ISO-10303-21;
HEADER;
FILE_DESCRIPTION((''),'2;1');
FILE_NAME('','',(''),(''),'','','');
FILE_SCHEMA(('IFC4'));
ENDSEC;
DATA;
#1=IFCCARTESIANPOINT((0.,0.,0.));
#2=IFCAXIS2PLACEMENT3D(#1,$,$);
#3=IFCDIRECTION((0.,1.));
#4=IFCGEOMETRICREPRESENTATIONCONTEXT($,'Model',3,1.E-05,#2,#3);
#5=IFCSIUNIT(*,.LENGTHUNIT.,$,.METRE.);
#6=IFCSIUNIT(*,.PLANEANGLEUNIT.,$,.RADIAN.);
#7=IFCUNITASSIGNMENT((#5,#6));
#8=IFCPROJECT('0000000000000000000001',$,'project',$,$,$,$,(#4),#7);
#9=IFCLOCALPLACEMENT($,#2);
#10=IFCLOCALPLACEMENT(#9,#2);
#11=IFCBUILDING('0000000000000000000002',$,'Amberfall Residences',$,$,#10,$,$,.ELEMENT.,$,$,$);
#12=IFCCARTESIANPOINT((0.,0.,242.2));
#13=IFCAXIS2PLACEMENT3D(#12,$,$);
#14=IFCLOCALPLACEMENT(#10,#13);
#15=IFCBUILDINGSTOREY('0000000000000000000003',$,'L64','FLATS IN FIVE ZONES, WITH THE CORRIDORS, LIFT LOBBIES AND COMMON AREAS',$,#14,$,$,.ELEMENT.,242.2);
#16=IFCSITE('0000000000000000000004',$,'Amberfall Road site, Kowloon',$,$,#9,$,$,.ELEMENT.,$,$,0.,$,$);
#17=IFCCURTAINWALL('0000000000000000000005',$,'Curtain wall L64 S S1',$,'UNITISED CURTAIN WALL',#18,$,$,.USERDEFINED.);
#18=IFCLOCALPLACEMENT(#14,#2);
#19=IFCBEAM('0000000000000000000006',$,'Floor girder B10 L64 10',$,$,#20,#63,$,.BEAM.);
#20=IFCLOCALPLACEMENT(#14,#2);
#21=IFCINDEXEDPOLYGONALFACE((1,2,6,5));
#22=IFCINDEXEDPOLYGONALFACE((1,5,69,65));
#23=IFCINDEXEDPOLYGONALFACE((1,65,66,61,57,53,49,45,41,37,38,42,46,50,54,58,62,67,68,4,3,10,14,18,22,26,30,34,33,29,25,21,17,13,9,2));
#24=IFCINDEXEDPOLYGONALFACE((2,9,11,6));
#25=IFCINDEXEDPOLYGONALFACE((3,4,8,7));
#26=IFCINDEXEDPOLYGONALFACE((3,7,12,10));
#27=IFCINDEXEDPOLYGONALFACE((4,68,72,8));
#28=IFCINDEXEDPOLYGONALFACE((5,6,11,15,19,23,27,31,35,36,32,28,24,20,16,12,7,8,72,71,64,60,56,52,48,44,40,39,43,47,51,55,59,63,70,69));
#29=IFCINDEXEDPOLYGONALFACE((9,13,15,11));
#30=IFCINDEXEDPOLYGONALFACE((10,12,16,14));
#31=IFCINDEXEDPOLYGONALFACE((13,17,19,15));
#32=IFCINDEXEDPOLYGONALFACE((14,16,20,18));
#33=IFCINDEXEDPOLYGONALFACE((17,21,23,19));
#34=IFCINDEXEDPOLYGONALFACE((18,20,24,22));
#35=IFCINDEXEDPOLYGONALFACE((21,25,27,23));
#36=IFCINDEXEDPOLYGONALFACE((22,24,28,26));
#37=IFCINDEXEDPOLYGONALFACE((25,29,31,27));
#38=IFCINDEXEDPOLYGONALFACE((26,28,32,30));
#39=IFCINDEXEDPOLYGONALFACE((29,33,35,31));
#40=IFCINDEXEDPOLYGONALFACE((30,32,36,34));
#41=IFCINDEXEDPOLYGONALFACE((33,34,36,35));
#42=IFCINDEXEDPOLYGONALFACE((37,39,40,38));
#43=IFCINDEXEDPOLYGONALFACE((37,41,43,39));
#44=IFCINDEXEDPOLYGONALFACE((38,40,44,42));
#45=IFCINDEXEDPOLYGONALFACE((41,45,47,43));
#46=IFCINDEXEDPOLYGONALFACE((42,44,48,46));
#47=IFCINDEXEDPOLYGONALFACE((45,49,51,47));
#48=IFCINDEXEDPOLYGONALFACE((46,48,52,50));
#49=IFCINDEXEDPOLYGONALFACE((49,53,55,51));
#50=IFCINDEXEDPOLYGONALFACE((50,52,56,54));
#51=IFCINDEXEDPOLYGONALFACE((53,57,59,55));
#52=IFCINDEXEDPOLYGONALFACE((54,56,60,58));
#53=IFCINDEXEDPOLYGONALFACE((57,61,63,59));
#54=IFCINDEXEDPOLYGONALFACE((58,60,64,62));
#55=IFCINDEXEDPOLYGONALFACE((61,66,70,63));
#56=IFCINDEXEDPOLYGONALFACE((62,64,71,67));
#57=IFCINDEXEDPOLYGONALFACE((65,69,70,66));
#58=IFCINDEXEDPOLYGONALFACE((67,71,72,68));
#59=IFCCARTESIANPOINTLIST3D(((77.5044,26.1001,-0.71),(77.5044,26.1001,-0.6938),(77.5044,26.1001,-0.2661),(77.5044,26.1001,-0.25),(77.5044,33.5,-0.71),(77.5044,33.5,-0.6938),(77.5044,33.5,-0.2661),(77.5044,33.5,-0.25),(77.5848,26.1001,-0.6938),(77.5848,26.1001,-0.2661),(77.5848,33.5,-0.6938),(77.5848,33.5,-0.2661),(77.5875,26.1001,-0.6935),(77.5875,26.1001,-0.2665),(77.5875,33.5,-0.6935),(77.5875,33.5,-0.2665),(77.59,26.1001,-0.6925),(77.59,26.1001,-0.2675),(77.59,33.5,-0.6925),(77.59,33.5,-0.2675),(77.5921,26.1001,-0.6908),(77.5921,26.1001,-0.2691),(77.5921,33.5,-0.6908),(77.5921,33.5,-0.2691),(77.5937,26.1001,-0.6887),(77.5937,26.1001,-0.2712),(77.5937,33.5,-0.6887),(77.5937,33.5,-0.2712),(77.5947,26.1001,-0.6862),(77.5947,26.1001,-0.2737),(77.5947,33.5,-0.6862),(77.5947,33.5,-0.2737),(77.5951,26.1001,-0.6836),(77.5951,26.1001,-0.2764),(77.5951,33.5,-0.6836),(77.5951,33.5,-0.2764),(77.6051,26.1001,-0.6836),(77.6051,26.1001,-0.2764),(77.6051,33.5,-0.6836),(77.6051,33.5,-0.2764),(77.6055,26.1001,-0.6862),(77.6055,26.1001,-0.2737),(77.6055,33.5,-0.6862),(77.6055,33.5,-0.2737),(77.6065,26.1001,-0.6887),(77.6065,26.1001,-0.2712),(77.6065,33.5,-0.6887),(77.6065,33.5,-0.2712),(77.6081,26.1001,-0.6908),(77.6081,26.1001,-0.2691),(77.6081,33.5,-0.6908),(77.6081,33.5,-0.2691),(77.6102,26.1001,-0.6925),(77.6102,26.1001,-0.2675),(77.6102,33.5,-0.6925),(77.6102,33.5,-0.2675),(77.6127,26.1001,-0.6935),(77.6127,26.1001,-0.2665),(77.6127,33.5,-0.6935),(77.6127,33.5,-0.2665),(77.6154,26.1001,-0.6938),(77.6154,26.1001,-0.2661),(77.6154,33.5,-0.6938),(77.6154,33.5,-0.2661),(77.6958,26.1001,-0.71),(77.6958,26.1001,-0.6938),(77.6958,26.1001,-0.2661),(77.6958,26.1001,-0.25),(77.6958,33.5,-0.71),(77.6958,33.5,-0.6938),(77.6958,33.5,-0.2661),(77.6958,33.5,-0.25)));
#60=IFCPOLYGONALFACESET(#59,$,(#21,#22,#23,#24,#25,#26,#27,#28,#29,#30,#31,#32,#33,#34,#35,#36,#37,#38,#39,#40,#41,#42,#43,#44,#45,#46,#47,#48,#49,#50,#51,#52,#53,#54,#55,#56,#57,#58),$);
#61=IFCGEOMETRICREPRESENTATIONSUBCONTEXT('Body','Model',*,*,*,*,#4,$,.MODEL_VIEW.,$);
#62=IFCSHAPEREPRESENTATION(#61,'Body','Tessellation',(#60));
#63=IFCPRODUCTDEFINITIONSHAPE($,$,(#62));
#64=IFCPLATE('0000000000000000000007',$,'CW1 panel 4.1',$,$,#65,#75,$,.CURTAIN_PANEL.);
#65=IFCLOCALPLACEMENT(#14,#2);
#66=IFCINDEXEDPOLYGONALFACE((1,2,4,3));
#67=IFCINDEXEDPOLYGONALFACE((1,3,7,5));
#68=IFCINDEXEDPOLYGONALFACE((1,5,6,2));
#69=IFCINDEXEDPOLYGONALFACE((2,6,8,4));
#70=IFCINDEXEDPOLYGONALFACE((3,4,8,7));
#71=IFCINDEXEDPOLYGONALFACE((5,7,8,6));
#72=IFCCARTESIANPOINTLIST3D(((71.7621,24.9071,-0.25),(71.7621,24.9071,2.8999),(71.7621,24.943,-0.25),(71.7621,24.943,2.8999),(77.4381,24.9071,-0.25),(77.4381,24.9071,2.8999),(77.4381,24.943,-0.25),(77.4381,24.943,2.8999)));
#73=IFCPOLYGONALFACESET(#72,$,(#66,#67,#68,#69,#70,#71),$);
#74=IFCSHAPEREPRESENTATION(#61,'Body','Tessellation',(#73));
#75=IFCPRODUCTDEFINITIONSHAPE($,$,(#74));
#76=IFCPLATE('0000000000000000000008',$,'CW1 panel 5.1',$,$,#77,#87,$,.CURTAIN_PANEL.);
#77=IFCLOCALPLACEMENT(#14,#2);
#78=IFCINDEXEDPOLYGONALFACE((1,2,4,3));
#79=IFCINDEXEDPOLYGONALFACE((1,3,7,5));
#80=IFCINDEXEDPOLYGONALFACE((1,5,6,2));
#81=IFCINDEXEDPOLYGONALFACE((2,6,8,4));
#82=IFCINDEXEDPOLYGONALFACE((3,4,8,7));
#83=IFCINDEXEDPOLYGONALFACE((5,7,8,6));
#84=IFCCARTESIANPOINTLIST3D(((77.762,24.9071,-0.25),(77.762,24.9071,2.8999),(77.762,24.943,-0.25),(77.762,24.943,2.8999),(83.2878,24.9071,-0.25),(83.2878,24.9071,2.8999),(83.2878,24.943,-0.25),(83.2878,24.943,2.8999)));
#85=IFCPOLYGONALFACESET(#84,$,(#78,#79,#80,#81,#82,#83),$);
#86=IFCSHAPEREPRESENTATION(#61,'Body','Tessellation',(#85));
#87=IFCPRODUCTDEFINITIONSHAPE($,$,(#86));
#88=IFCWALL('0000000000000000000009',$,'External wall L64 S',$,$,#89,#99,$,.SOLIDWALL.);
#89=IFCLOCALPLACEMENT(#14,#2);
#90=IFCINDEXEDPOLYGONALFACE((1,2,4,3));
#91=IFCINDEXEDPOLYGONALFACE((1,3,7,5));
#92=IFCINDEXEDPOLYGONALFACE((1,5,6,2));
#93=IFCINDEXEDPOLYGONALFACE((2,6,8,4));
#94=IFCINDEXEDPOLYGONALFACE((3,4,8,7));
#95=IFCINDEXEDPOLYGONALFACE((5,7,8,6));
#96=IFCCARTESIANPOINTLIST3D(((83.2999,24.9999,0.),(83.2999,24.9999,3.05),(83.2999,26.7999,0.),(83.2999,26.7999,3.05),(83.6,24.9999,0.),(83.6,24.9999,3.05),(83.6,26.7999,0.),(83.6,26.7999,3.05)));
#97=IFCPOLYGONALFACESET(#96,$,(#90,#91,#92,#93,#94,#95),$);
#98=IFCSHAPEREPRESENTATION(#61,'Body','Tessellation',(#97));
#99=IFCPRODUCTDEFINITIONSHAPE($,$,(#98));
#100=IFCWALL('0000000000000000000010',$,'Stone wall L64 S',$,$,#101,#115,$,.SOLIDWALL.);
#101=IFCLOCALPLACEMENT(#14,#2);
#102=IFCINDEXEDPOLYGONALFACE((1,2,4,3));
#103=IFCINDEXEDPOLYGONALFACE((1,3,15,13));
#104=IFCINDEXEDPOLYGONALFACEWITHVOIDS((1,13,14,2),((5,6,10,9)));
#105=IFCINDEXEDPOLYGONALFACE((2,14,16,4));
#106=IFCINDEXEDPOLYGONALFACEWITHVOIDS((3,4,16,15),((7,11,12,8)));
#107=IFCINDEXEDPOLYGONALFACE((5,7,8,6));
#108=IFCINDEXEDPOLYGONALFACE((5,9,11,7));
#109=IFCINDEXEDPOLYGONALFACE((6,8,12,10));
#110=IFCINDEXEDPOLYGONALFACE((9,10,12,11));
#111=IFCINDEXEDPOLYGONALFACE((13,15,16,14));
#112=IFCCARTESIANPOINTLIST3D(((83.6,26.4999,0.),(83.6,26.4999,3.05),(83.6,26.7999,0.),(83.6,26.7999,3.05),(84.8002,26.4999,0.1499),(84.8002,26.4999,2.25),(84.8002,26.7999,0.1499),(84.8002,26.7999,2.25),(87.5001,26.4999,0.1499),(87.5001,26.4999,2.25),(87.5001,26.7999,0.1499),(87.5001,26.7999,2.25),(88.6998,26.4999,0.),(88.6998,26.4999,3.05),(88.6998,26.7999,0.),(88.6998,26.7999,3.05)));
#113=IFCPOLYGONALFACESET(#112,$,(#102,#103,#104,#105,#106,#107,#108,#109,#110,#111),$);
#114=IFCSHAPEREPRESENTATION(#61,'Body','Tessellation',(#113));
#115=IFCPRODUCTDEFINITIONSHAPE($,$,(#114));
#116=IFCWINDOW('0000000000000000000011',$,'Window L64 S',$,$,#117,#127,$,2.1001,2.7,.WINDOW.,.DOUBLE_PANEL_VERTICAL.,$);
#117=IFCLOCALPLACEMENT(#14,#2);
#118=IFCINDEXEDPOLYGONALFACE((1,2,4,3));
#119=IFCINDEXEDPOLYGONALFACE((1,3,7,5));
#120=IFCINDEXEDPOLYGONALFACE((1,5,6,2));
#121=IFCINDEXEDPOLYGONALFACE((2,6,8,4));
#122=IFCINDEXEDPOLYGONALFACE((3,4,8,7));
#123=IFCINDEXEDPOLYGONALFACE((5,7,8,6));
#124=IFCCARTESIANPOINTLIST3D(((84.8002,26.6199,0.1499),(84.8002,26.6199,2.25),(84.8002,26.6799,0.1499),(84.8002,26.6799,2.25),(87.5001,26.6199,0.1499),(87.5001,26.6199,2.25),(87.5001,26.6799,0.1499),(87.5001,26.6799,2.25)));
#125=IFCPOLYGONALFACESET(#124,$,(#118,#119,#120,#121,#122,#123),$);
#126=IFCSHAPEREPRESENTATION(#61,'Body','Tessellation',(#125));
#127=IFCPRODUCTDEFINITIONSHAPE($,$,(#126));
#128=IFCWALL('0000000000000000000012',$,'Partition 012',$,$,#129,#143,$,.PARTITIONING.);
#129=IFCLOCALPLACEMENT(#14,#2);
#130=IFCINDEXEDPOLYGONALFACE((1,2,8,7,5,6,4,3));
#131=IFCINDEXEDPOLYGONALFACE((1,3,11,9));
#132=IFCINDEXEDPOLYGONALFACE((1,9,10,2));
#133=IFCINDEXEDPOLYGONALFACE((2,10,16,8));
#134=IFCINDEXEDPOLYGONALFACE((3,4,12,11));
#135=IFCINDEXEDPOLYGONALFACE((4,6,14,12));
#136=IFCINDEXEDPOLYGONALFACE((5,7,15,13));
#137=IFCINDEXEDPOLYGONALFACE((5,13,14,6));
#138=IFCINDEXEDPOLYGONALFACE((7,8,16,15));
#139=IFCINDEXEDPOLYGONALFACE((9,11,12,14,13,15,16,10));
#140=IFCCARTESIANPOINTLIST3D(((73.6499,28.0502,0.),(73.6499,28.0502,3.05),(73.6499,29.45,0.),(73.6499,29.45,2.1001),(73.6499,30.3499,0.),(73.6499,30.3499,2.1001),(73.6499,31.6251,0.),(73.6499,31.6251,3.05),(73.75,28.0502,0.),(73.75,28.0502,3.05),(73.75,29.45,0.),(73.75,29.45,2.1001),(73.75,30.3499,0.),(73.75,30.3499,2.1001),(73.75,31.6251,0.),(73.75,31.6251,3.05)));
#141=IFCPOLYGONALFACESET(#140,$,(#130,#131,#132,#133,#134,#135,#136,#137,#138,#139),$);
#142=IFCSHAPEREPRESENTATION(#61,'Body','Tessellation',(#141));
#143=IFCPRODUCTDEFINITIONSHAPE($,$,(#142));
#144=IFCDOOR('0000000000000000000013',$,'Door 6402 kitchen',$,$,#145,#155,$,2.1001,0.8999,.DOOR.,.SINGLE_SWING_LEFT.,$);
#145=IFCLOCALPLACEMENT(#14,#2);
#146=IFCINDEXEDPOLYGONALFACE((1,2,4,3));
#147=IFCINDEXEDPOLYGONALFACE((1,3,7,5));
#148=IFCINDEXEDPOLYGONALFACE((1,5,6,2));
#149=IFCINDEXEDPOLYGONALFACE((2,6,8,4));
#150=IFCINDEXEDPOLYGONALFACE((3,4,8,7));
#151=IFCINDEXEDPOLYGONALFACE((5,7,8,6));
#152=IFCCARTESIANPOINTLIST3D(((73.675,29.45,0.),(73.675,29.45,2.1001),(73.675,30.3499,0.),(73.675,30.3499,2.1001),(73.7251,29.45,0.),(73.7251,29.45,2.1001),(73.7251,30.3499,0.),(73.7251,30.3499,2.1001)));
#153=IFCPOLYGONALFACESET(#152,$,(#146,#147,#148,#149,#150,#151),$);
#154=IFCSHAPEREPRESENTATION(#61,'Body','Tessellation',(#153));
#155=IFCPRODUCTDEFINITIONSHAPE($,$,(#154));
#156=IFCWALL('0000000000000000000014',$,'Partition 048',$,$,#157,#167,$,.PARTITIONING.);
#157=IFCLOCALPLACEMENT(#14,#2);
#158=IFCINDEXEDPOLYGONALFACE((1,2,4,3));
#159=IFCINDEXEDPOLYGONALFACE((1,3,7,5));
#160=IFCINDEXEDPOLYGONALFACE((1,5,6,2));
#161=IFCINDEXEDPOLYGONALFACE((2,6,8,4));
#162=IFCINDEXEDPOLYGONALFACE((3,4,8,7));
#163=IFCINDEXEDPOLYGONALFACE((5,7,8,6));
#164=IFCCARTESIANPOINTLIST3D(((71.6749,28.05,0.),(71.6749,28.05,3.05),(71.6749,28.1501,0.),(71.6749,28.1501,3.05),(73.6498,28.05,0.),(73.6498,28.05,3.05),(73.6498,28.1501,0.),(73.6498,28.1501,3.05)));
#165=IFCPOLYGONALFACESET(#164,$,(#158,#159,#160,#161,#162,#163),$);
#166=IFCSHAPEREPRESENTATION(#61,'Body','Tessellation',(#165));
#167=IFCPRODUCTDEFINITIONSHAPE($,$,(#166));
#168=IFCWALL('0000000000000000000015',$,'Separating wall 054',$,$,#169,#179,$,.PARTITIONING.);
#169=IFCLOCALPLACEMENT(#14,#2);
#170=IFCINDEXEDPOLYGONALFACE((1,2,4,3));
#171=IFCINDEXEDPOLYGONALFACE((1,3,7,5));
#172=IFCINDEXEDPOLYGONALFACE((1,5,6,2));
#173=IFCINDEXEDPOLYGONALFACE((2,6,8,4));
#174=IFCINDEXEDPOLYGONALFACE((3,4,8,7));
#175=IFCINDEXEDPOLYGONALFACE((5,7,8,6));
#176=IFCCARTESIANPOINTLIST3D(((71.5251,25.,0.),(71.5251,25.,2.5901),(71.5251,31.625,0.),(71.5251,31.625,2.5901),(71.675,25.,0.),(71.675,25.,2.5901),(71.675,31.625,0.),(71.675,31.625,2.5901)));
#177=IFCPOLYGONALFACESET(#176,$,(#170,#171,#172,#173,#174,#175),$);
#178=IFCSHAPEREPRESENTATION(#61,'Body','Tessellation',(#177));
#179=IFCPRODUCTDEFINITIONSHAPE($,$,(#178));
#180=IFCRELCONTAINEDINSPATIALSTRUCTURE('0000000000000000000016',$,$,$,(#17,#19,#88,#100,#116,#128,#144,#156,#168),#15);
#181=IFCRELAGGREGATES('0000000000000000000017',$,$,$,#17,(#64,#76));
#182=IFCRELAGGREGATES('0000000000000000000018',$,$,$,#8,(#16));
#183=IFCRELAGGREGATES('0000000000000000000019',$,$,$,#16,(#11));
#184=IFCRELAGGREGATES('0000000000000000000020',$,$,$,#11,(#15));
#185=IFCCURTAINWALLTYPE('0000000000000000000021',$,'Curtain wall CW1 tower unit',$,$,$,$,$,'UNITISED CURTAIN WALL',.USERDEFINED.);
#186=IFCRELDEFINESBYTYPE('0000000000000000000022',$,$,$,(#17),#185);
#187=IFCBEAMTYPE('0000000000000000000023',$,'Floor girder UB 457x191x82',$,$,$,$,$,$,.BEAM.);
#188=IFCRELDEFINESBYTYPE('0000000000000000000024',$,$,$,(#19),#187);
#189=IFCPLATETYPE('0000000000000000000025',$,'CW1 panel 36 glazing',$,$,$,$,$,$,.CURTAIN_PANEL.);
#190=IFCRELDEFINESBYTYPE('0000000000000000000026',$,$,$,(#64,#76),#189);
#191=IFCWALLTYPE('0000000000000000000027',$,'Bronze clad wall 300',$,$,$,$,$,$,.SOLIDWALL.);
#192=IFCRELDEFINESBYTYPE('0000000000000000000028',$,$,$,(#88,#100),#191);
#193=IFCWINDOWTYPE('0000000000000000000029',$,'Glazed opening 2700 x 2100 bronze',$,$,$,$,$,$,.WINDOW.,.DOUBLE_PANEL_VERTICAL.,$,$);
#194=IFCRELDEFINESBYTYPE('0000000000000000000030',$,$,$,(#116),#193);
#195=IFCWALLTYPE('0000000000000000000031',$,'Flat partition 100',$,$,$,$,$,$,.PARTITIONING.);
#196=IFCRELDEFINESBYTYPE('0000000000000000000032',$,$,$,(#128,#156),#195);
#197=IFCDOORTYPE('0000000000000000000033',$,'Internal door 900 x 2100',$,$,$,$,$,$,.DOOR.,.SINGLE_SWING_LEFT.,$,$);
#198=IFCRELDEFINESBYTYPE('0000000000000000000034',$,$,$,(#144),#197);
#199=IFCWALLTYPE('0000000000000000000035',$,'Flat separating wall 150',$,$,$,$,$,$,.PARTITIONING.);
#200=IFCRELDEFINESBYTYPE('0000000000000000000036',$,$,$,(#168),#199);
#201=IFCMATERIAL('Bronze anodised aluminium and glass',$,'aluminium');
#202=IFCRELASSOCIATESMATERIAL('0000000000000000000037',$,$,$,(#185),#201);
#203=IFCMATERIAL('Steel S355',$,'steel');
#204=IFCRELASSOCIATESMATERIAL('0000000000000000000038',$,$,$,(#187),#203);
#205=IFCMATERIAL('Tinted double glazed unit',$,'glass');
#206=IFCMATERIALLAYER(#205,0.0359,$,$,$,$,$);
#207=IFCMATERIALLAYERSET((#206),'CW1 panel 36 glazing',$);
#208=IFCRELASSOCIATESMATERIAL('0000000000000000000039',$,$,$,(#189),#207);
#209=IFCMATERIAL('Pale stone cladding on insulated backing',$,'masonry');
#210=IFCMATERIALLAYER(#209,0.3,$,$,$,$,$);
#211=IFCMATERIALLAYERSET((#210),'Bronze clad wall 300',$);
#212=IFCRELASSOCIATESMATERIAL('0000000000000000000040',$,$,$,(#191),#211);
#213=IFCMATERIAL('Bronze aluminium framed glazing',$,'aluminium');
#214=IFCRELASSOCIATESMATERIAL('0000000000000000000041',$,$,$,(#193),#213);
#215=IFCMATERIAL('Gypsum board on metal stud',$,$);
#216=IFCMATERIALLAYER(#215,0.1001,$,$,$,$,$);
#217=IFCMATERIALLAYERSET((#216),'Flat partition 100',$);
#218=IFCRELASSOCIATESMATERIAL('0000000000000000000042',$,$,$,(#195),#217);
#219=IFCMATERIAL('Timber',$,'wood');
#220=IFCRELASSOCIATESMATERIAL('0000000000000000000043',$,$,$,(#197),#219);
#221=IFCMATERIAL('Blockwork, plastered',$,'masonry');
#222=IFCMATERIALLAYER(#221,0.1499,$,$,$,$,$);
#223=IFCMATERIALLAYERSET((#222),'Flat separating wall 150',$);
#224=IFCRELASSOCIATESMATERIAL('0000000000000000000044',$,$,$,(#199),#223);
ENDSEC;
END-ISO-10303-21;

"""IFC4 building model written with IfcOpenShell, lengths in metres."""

from ifc_helpers import new_model, si_unit, direction, frame, frame_2d, origin, origin_2d, place, context, subcontext, project, spatial, rectangle, i_section, extrude, material, layer, layer_set, material_profile, profile_set, type_object, element, fill, aggregate, save


model = new_model("IFC4")

# Units and contexts
model_context = context("Model", 3, precision=1e-05, world=origin(), true_north=direction((0.0, 1.0)))
body_context = subcontext(model_context, "Body", "Model", "MODEL_VIEW")
ifc_project = project(units=[si_unit("LENGTHUNIT", "METRE"), si_unit("PLANEANGLEUNIT", "RADIAN")], contexts=[model_context])

# Site, building, storey
site_placement = place(None, origin())
site = spatial("IfcSite", under=ifc_project, at=site_placement, Name="Amberfall Road site, Kowloon", CompositionType="ELEMENT", RefElevation=0.0)
building_placement = place(site_placement, origin())
building = spatial("IfcBuilding", under=site, at=building_placement, Name="Amberfall Residences", CompositionType="ELEMENT")
storey_placement = place(building_placement, frame((0.0, 0.0, 242.2)))
storey = spatial("IfcBuildingStorey", under=building, at=storey_placement, Name="L64", Description="FLATS IN FIVE ZONES, WITH THE CORRIDORS, LIFT LOBBIES AND COMMON AREAS", CompositionType="ELEMENT", Elevation=242.2)

# Curtain wall
ifc_material_1 = material(Name="Bronze anodised aluminium and glass", Category="aluminium")
curtain_wall_type = type_object("IfcCurtainWallType", Name="Curtain wall CW1 tower unit", ElementType="UNITISED CURTAIN WALL", PredefinedType="USERDEFINED", material=ifc_material_1)
curtain_wall_placement = place(storey_placement, origin())
curtain_wall = element("IfcCurtainWall", 1, at=curtain_wall_placement, inside=storey, type_object=curtain_wall_type, Name="Curtain wall L64 S S1", ObjectType="UNITISED CURTAIN WALL", PredefinedType="USERDEFINED")

# Shared definitions
ifc_material_2 = material(Name="Steel S355", Category="steel")

# Beam
ifc_material_profile_1 = material_profile(ifc_material_2, i_section(OverallWidth=0.1914, OverallDepth=0.46, WebThickness=0.01, FlangeThickness=0.0161, FilletRadius=0.0103, at=origin_2d()), Name="UB 457x191x82")
ifc_profile_set_1 = profile_set([ifc_material_profile_1], Name="Steel S355")
beam_type_1 = type_object("IfcBeamType", Name="Floor girder UB 457x191x82", PredefinedType="BEAM", material=ifc_profile_set_1)
beam_1_placement = place(storey_placement, frame((77.6001, 26.1001, -0.48), z_axis=(0.0, 1.0, 0.0), x_axis=(-1.0, 0.0, 0.0)))
element("IfcBeam", 2, at=beam_1_placement, inside=storey, type_object=beam_type_1, Name="Floor girder B10 L64 10", PredefinedType="BEAM", context=body_context, shape_type="SweptSolid", body=[
    extrude(i_section(OverallWidth=0.1914, OverallDepth=0.46, WebThickness=0.01, FlangeThickness=0.0161, FilletRadius=0.0103, at=origin_2d()), origin(), (0.0, 0.0, 1.0), 7.3999),
])

# Plates
ifc_material_3 = material(Name="Tinted double glazed unit", Category="glass")
ifc_layer_1 = layer(ifc_material_3, 0.0359)
ifc_layer_set_1 = layer_set([ifc_layer_1], Name="CW1 panel 36 glazing")
plate_type = type_object("IfcPlateType", Name="CW1 panel 36 glazing", PredefinedType="CURTAIN_PANEL", material=ifc_layer_set_1)
plate_1_placement = place(storey_placement, frame((74.6001, 24.925, -0.25), z_axis=(0.0, 0.0, 1.0), x_axis=(1.0, 0.0, 0.0)))
plate_1 = element("IfcPlate", 3, at=plate_1_placement, type_object=plate_type, Name="CW1 panel 4.1", PredefinedType="CURTAIN_PANEL", context=body_context, shape_type="SweptSolid", body=[
    extrude(rectangle(XDim=5.676, YDim=0.0359, at=origin_2d()), origin(), (0.0, 0.0, 1.0), 3.1499),
])
plate_2_placement = place(storey_placement, frame((80.5249, 24.925, -0.25), z_axis=(0.0, 0.0, 1.0), x_axis=(1.0, 0.0, 0.0)))
plate_2 = element("IfcPlate", 4, at=plate_2_placement, type_object=plate_type, Name="CW1 panel 5.1", PredefinedType="CURTAIN_PANEL", context=body_context, shape_type="SweptSolid", body=[
    extrude(rectangle(XDim=5.5259, YDim=0.0359, at=origin_2d()), origin(), (0.0, 0.0, 1.0), 3.1499),
])
aggregate(curtain_wall, [plate_1, plate_2])

# Wall
ifc_material_4 = material(Name="Pale stone cladding on insulated backing", Category="masonry")
ifc_layer_2 = layer(ifc_material_4, 0.3)
ifc_layer_set_2 = layer_set([ifc_layer_2], Name="Bronze clad wall 300")
wall_type_1 = type_object("IfcWallType", Name="Bronze clad wall 300", PredefinedType="SOLIDWALL", material=ifc_layer_set_2)
wall_1_placement = place(storey_placement, frame((83.45, 25.0, 0.0), z_axis=(0.0, 0.0, 1.0), x_axis=(0.0, 1.0, 0.0)))
element("IfcWall", 5, at=wall_1_placement, inside=storey, type_object=wall_type_1, Name="External wall L64 S", PredefinedType="SOLIDWALL", context=body_context, shape_type="SweptSolid", body=[
    extrude(rectangle(XDim=1.8, YDim=0.3, at=frame_2d((0.8999, 0.0))), origin(), (0.0, 0.0, 1.0), 3.05),
])

# Wall, opening, window
wall_2_placement = place(storey_placement, frame((83.6001, 26.6499, 0.0), z_axis=(0.0, 0.0, 1.0), x_axis=(1.0, 0.0, 0.0)))
wall_2 = element("IfcWall", 6, at=wall_2_placement, inside=storey, type_object=wall_type_1, Name="Stone wall L64 S", PredefinedType="SOLIDWALL", context=body_context, shape_type="SweptSolid", body=[
    extrude(rectangle(XDim=5.0999, YDim=0.3, at=frame_2d((2.5498, 0.0))), origin(), (0.0, 0.0, 1.0), 3.05),
])
opening_1_placement = place(wall_2_placement, frame((1.2, 0.0, 0.1499)))
opening_1 = element("IfcOpeningElement", 7, at=opening_1_placement, cuts=wall_2, PredefinedType="OPENING", context=body_context, shape_type="SweptSolid", body=[
    extrude(rectangle(XDim=2.7, YDim=2.1001, at=frame_2d((1.3501, 1.05))), frame((0.0, 0.1599, 0.0), z_axis=(0.0, -1.0, 0.0), x_axis=(1.0, 0.0, 0.0)), (0.0, 0.0, 1.0), 0.3201),
])
ifc_material_5 = material(Name="Bronze aluminium framed glazing", Category="aluminium")
window_type = type_object("IfcWindowType", Name="Glazed opening 2700 x 2100 bronze", PartitioningType="DOUBLE_PANEL_VERTICAL", PredefinedType="WINDOW", material=ifc_material_5)
window_placement = place(opening_1_placement, origin())
window = element("IfcWindow", 8, at=window_placement, inside=storey, type_object=window_type, Name="Window L64 S", OverallHeight=2.1001, OverallWidth=2.7, PartitioningType="DOUBLE_PANEL_VERTICAL", PredefinedType="WINDOW", context=body_context, shape_type="SweptSolid", body=[
    extrude(rectangle(XDim=2.7, YDim=2.1001, at=frame_2d((1.3501, 1.05))), frame((0.0, 0.03, 0.0), z_axis=(0.0, -1.0, 0.0), x_axis=(1.0, 0.0, 0.0)), (0.0, 0.0, 1.0), 0.0601),
])
fill(opening_1, window)

# Wall, opening, door
ifc_material_6 = material(Name="Gypsum board on metal stud")
ifc_layer_3 = layer(ifc_material_6, 0.1001)
ifc_layer_set_3 = layer_set([ifc_layer_3], Name="Flat partition 100")
wall_type_2 = type_object("IfcWallType", Name="Flat partition 100", PredefinedType="PARTITIONING", material=ifc_layer_set_3)
wall_3_placement = place(storey_placement, frame((73.7, 28.05, 0.0), z_axis=(0.0, 0.0, 1.0), x_axis=(0.0, 1.0, 0.0)))
wall_3 = element("IfcWall", 9, at=wall_3_placement, inside=storey, type_object=wall_type_2, Name="Partition 012", PredefinedType="PARTITIONING", context=body_context, shape_type="SweptSolid", body=[
    extrude(rectangle(XDim=3.575, YDim=0.1001, at=frame_2d((1.7876, 0.0))), origin(), (0.0, 0.0, 1.0), 3.05),
])
opening_2_placement = place(wall_3_placement, frame((1.3999, 0.0, 0.0)))
opening_2 = element("IfcOpeningElement", 10, at=opening_2_placement, cuts=wall_3, PredefinedType="OPENING", context=body_context, shape_type="SweptSolid", body=[
    extrude(rectangle(XDim=0.8999, YDim=2.1001, at=frame_2d((0.45, 1.05))), frame((0.0, 0.0601, 0.0), z_axis=(0.0, -1.0, 0.0), x_axis=(1.0, 0.0, 0.0)), (0.0, 0.0, 1.0), 0.1201),
])
ifc_material_7 = material(Name="Timber", Category="wood")
door_type = type_object("IfcDoorType", Name="Internal door 900 x 2100", OperationType="SINGLE_SWING_LEFT", PredefinedType="DOOR", material=ifc_material_7)
door_placement = place(opening_2_placement, origin())
door = element("IfcDoor", 11, at=door_placement, inside=storey, type_object=door_type, Name="Door 6402 kitchen", OperationType="SINGLE_SWING_LEFT", OverallHeight=2.1001, OverallWidth=0.8999, PredefinedType="DOOR", context=body_context, shape_type="SweptSolid", body=[
    extrude(rectangle(XDim=0.8999, YDim=2.1001, at=frame_2d((0.45, 1.05))), frame((0.0, 0.0249, 0.0), z_axis=(0.0, -1.0, 0.0), x_axis=(1.0, 0.0, 0.0)), (0.0, 0.0, 1.0), 0.05),
])
fill(opening_2, door)

# Walls
wall_4_placement = place(storey_placement, frame((71.675, 28.1001, 0.0), z_axis=(0.0, 0.0, 1.0), x_axis=(1.0, 0.0, 0.0)))
element("IfcWall", 12, at=wall_4_placement, inside=storey, type_object=wall_type_2, Name="Partition 048", PredefinedType="PARTITIONING", context=body_context, shape_type="SweptSolid", body=[
    extrude(rectangle(XDim=1.9749, YDim=0.1001, at=frame_2d((0.9873, 0.0))), origin(), (0.0, 0.0, 1.0), 3.05),
])
ifc_material_8 = material(Name="Blockwork, plastered", Category="masonry")
ifc_layer_4 = layer(ifc_material_8, 0.1499)
ifc_layer_set_4 = layer_set([ifc_layer_4], Name="Flat separating wall 150")
wall_type_3 = type_object("IfcWallType", Name="Flat separating wall 150", PredefinedType="PARTITIONING", material=ifc_layer_set_4)
for number, where, z_axis, x_axis, name in (
    (13, (71.6001, 25.0, 0.0), (0.0, 0.0, 1.0), (0.0, 1.0, 0.0), "Separating wall 054"),
):
    element("IfcWall", number, at=place(storey_placement, frame(where, z_axis=z_axis, x_axis=x_axis)), inside=storey, type_object=wall_type_3, Name=name, PredefinedType="PARTITIONING", context=body_context, shape_type="SweptSolid", body=[
        extrude(rectangle(XDim=6.625, YDim=0.1499, at=frame_2d((3.3125, 0.0))), origin(), (0.0, 0.0, 1.0), 2.5901),
    ])

save(model, "model.ifc")
